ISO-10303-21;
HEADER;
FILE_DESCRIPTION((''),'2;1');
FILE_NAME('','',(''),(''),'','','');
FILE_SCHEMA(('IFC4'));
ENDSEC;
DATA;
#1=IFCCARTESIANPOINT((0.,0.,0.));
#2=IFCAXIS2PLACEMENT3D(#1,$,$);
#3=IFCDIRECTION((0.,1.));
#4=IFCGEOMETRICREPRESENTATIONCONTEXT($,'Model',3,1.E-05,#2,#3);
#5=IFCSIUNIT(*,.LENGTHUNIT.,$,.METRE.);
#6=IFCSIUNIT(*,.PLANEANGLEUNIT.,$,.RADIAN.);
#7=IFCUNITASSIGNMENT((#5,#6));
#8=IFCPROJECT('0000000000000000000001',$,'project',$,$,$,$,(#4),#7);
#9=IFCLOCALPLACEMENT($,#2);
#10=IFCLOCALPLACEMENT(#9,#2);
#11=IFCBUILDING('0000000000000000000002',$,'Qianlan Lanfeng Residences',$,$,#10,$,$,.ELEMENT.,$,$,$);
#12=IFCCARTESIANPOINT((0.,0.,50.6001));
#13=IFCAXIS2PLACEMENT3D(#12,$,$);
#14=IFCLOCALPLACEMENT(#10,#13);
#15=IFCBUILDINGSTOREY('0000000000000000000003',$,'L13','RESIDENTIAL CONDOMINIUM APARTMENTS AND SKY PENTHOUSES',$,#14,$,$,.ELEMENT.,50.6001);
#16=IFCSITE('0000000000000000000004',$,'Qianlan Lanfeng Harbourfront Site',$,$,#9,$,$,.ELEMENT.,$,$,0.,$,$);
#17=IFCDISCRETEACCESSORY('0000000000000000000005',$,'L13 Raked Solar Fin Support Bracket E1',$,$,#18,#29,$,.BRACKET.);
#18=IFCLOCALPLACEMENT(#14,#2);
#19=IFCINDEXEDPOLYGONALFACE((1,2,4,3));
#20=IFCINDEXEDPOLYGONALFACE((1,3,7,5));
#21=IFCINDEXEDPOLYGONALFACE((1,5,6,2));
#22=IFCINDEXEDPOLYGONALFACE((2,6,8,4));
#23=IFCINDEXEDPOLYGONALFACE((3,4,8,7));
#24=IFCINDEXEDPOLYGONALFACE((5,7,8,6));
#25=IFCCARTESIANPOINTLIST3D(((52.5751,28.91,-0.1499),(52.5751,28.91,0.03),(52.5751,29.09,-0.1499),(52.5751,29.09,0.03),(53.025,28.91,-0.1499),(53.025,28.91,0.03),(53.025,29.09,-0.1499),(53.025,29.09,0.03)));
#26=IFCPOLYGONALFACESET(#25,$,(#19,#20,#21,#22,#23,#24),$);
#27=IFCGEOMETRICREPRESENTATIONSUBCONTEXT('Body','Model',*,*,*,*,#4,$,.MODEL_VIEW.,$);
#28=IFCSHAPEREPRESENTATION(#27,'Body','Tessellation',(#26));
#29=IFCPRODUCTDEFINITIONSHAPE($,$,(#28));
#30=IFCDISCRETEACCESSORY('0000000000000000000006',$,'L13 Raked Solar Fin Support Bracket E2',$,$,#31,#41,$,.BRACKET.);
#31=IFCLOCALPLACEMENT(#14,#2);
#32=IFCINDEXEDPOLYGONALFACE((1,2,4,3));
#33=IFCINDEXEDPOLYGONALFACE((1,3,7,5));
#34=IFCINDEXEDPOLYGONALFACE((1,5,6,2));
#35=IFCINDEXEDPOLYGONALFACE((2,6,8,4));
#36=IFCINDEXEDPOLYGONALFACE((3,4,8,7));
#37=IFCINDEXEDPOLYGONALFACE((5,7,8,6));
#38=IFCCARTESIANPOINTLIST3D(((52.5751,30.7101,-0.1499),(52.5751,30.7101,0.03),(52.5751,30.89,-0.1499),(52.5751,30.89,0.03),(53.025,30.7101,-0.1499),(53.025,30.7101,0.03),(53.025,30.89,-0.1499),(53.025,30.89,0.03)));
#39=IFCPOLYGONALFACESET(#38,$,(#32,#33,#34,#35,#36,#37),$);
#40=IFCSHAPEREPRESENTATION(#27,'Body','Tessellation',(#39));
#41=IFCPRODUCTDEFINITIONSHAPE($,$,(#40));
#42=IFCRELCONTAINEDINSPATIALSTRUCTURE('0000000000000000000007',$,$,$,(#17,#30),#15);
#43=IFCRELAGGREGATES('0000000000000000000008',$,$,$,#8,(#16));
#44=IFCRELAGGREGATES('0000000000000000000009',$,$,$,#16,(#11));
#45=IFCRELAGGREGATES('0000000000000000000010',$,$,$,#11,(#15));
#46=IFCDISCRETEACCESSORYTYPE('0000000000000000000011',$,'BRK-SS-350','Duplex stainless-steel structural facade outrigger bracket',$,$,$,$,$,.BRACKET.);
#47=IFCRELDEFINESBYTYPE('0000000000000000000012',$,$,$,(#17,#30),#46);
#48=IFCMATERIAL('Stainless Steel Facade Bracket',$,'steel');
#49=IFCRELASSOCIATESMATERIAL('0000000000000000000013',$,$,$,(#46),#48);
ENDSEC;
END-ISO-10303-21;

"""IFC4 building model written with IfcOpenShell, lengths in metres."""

from ifc_helpers import new_model, si_unit, direction, frame, origin, origin_2d, place, context, subcontext, project, spatial, rectangle, extrude, source, transform, mapped, material, type_object, element, save


model = new_model("IFC4")

# Units and contexts
model_context = context("Model", 3, precision=1e-05, world=origin(), true_north=direction((0.0, 1.0)))
body_context = subcontext(model_context, "Body", "Model", "MODEL_VIEW")
ifc_project = project(units=[si_unit("LENGTHUNIT", "METRE"), si_unit("PLANEANGLEUNIT", "RADIAN")], contexts=[model_context])

# Site, building, storey
site_placement = place(None, origin())
site = spatial("IfcSite", under=ifc_project, at=site_placement, Name="Qianlan Lanfeng Harbourfront Site", CompositionType="ELEMENT", RefElevation=0.0)
building_placement = place(site_placement, origin())
building = spatial("IfcBuilding", under=site, at=building_placement, Name="Qianlan Lanfeng Residences", CompositionType="ELEMENT")
storey_placement = place(building_placement, frame((0.0, 0.0, 50.6001)))
storey = spatial("IfcBuildingStorey", under=building, at=storey_placement, Name="L13", Description="RESIDENTIAL CONDOMINIUM APARTMENTS AND SKY PENTHOUSES", CompositionType="ELEMENT", Elevation=50.6001)

# Discrete accessories
ifc_material_1 = material(Name="Stainless Steel Facade Bracket", Category="steel")
discrete_accessory_type = type_object("IfcDiscreteAccessoryType", Name="BRK-SS-350", Description="Duplex stainless-steel structural facade outrigger bracket", PredefinedType="BRACKET", material=ifc_material_1)
shared_shape_1 = source(origin(), body_context, "Body", "SweptSolid", [
    extrude(rectangle(XDim=0.45, YDim=0.1799, at=origin_2d()), origin(), (0.0, 0.0, 1.0), 0.1799),
])
for number, where, z_axis, x_axis, name in (
    (1, (52.8, 29.0, -0.1499), (0.0, 0.0, 1.0), (1.0, 0.0, 0.0), "L13 Raked Solar Fin Support Bracket E1"),
    (2, (52.8, 30.8, -0.1499), (0.0, 0.0, 1.0), (1.0, 0.0, 0.0), "L13 Raked Solar Fin Support Bracket E2"),
):
    element("IfcDiscreteAccessory", number, at=place(storey_placement, frame(where, z_axis=z_axis, x_axis=x_axis)), inside=storey, type_object=discrete_accessory_type, Name=name, PredefinedType="BRACKET", context=body_context, shape_type="MappedRepresentation", body=[
        mapped(shared_shape_1, transform((0.0, 0.0, 0.0), scale=1.0)),
    ])

save(model, "model.ifc")
